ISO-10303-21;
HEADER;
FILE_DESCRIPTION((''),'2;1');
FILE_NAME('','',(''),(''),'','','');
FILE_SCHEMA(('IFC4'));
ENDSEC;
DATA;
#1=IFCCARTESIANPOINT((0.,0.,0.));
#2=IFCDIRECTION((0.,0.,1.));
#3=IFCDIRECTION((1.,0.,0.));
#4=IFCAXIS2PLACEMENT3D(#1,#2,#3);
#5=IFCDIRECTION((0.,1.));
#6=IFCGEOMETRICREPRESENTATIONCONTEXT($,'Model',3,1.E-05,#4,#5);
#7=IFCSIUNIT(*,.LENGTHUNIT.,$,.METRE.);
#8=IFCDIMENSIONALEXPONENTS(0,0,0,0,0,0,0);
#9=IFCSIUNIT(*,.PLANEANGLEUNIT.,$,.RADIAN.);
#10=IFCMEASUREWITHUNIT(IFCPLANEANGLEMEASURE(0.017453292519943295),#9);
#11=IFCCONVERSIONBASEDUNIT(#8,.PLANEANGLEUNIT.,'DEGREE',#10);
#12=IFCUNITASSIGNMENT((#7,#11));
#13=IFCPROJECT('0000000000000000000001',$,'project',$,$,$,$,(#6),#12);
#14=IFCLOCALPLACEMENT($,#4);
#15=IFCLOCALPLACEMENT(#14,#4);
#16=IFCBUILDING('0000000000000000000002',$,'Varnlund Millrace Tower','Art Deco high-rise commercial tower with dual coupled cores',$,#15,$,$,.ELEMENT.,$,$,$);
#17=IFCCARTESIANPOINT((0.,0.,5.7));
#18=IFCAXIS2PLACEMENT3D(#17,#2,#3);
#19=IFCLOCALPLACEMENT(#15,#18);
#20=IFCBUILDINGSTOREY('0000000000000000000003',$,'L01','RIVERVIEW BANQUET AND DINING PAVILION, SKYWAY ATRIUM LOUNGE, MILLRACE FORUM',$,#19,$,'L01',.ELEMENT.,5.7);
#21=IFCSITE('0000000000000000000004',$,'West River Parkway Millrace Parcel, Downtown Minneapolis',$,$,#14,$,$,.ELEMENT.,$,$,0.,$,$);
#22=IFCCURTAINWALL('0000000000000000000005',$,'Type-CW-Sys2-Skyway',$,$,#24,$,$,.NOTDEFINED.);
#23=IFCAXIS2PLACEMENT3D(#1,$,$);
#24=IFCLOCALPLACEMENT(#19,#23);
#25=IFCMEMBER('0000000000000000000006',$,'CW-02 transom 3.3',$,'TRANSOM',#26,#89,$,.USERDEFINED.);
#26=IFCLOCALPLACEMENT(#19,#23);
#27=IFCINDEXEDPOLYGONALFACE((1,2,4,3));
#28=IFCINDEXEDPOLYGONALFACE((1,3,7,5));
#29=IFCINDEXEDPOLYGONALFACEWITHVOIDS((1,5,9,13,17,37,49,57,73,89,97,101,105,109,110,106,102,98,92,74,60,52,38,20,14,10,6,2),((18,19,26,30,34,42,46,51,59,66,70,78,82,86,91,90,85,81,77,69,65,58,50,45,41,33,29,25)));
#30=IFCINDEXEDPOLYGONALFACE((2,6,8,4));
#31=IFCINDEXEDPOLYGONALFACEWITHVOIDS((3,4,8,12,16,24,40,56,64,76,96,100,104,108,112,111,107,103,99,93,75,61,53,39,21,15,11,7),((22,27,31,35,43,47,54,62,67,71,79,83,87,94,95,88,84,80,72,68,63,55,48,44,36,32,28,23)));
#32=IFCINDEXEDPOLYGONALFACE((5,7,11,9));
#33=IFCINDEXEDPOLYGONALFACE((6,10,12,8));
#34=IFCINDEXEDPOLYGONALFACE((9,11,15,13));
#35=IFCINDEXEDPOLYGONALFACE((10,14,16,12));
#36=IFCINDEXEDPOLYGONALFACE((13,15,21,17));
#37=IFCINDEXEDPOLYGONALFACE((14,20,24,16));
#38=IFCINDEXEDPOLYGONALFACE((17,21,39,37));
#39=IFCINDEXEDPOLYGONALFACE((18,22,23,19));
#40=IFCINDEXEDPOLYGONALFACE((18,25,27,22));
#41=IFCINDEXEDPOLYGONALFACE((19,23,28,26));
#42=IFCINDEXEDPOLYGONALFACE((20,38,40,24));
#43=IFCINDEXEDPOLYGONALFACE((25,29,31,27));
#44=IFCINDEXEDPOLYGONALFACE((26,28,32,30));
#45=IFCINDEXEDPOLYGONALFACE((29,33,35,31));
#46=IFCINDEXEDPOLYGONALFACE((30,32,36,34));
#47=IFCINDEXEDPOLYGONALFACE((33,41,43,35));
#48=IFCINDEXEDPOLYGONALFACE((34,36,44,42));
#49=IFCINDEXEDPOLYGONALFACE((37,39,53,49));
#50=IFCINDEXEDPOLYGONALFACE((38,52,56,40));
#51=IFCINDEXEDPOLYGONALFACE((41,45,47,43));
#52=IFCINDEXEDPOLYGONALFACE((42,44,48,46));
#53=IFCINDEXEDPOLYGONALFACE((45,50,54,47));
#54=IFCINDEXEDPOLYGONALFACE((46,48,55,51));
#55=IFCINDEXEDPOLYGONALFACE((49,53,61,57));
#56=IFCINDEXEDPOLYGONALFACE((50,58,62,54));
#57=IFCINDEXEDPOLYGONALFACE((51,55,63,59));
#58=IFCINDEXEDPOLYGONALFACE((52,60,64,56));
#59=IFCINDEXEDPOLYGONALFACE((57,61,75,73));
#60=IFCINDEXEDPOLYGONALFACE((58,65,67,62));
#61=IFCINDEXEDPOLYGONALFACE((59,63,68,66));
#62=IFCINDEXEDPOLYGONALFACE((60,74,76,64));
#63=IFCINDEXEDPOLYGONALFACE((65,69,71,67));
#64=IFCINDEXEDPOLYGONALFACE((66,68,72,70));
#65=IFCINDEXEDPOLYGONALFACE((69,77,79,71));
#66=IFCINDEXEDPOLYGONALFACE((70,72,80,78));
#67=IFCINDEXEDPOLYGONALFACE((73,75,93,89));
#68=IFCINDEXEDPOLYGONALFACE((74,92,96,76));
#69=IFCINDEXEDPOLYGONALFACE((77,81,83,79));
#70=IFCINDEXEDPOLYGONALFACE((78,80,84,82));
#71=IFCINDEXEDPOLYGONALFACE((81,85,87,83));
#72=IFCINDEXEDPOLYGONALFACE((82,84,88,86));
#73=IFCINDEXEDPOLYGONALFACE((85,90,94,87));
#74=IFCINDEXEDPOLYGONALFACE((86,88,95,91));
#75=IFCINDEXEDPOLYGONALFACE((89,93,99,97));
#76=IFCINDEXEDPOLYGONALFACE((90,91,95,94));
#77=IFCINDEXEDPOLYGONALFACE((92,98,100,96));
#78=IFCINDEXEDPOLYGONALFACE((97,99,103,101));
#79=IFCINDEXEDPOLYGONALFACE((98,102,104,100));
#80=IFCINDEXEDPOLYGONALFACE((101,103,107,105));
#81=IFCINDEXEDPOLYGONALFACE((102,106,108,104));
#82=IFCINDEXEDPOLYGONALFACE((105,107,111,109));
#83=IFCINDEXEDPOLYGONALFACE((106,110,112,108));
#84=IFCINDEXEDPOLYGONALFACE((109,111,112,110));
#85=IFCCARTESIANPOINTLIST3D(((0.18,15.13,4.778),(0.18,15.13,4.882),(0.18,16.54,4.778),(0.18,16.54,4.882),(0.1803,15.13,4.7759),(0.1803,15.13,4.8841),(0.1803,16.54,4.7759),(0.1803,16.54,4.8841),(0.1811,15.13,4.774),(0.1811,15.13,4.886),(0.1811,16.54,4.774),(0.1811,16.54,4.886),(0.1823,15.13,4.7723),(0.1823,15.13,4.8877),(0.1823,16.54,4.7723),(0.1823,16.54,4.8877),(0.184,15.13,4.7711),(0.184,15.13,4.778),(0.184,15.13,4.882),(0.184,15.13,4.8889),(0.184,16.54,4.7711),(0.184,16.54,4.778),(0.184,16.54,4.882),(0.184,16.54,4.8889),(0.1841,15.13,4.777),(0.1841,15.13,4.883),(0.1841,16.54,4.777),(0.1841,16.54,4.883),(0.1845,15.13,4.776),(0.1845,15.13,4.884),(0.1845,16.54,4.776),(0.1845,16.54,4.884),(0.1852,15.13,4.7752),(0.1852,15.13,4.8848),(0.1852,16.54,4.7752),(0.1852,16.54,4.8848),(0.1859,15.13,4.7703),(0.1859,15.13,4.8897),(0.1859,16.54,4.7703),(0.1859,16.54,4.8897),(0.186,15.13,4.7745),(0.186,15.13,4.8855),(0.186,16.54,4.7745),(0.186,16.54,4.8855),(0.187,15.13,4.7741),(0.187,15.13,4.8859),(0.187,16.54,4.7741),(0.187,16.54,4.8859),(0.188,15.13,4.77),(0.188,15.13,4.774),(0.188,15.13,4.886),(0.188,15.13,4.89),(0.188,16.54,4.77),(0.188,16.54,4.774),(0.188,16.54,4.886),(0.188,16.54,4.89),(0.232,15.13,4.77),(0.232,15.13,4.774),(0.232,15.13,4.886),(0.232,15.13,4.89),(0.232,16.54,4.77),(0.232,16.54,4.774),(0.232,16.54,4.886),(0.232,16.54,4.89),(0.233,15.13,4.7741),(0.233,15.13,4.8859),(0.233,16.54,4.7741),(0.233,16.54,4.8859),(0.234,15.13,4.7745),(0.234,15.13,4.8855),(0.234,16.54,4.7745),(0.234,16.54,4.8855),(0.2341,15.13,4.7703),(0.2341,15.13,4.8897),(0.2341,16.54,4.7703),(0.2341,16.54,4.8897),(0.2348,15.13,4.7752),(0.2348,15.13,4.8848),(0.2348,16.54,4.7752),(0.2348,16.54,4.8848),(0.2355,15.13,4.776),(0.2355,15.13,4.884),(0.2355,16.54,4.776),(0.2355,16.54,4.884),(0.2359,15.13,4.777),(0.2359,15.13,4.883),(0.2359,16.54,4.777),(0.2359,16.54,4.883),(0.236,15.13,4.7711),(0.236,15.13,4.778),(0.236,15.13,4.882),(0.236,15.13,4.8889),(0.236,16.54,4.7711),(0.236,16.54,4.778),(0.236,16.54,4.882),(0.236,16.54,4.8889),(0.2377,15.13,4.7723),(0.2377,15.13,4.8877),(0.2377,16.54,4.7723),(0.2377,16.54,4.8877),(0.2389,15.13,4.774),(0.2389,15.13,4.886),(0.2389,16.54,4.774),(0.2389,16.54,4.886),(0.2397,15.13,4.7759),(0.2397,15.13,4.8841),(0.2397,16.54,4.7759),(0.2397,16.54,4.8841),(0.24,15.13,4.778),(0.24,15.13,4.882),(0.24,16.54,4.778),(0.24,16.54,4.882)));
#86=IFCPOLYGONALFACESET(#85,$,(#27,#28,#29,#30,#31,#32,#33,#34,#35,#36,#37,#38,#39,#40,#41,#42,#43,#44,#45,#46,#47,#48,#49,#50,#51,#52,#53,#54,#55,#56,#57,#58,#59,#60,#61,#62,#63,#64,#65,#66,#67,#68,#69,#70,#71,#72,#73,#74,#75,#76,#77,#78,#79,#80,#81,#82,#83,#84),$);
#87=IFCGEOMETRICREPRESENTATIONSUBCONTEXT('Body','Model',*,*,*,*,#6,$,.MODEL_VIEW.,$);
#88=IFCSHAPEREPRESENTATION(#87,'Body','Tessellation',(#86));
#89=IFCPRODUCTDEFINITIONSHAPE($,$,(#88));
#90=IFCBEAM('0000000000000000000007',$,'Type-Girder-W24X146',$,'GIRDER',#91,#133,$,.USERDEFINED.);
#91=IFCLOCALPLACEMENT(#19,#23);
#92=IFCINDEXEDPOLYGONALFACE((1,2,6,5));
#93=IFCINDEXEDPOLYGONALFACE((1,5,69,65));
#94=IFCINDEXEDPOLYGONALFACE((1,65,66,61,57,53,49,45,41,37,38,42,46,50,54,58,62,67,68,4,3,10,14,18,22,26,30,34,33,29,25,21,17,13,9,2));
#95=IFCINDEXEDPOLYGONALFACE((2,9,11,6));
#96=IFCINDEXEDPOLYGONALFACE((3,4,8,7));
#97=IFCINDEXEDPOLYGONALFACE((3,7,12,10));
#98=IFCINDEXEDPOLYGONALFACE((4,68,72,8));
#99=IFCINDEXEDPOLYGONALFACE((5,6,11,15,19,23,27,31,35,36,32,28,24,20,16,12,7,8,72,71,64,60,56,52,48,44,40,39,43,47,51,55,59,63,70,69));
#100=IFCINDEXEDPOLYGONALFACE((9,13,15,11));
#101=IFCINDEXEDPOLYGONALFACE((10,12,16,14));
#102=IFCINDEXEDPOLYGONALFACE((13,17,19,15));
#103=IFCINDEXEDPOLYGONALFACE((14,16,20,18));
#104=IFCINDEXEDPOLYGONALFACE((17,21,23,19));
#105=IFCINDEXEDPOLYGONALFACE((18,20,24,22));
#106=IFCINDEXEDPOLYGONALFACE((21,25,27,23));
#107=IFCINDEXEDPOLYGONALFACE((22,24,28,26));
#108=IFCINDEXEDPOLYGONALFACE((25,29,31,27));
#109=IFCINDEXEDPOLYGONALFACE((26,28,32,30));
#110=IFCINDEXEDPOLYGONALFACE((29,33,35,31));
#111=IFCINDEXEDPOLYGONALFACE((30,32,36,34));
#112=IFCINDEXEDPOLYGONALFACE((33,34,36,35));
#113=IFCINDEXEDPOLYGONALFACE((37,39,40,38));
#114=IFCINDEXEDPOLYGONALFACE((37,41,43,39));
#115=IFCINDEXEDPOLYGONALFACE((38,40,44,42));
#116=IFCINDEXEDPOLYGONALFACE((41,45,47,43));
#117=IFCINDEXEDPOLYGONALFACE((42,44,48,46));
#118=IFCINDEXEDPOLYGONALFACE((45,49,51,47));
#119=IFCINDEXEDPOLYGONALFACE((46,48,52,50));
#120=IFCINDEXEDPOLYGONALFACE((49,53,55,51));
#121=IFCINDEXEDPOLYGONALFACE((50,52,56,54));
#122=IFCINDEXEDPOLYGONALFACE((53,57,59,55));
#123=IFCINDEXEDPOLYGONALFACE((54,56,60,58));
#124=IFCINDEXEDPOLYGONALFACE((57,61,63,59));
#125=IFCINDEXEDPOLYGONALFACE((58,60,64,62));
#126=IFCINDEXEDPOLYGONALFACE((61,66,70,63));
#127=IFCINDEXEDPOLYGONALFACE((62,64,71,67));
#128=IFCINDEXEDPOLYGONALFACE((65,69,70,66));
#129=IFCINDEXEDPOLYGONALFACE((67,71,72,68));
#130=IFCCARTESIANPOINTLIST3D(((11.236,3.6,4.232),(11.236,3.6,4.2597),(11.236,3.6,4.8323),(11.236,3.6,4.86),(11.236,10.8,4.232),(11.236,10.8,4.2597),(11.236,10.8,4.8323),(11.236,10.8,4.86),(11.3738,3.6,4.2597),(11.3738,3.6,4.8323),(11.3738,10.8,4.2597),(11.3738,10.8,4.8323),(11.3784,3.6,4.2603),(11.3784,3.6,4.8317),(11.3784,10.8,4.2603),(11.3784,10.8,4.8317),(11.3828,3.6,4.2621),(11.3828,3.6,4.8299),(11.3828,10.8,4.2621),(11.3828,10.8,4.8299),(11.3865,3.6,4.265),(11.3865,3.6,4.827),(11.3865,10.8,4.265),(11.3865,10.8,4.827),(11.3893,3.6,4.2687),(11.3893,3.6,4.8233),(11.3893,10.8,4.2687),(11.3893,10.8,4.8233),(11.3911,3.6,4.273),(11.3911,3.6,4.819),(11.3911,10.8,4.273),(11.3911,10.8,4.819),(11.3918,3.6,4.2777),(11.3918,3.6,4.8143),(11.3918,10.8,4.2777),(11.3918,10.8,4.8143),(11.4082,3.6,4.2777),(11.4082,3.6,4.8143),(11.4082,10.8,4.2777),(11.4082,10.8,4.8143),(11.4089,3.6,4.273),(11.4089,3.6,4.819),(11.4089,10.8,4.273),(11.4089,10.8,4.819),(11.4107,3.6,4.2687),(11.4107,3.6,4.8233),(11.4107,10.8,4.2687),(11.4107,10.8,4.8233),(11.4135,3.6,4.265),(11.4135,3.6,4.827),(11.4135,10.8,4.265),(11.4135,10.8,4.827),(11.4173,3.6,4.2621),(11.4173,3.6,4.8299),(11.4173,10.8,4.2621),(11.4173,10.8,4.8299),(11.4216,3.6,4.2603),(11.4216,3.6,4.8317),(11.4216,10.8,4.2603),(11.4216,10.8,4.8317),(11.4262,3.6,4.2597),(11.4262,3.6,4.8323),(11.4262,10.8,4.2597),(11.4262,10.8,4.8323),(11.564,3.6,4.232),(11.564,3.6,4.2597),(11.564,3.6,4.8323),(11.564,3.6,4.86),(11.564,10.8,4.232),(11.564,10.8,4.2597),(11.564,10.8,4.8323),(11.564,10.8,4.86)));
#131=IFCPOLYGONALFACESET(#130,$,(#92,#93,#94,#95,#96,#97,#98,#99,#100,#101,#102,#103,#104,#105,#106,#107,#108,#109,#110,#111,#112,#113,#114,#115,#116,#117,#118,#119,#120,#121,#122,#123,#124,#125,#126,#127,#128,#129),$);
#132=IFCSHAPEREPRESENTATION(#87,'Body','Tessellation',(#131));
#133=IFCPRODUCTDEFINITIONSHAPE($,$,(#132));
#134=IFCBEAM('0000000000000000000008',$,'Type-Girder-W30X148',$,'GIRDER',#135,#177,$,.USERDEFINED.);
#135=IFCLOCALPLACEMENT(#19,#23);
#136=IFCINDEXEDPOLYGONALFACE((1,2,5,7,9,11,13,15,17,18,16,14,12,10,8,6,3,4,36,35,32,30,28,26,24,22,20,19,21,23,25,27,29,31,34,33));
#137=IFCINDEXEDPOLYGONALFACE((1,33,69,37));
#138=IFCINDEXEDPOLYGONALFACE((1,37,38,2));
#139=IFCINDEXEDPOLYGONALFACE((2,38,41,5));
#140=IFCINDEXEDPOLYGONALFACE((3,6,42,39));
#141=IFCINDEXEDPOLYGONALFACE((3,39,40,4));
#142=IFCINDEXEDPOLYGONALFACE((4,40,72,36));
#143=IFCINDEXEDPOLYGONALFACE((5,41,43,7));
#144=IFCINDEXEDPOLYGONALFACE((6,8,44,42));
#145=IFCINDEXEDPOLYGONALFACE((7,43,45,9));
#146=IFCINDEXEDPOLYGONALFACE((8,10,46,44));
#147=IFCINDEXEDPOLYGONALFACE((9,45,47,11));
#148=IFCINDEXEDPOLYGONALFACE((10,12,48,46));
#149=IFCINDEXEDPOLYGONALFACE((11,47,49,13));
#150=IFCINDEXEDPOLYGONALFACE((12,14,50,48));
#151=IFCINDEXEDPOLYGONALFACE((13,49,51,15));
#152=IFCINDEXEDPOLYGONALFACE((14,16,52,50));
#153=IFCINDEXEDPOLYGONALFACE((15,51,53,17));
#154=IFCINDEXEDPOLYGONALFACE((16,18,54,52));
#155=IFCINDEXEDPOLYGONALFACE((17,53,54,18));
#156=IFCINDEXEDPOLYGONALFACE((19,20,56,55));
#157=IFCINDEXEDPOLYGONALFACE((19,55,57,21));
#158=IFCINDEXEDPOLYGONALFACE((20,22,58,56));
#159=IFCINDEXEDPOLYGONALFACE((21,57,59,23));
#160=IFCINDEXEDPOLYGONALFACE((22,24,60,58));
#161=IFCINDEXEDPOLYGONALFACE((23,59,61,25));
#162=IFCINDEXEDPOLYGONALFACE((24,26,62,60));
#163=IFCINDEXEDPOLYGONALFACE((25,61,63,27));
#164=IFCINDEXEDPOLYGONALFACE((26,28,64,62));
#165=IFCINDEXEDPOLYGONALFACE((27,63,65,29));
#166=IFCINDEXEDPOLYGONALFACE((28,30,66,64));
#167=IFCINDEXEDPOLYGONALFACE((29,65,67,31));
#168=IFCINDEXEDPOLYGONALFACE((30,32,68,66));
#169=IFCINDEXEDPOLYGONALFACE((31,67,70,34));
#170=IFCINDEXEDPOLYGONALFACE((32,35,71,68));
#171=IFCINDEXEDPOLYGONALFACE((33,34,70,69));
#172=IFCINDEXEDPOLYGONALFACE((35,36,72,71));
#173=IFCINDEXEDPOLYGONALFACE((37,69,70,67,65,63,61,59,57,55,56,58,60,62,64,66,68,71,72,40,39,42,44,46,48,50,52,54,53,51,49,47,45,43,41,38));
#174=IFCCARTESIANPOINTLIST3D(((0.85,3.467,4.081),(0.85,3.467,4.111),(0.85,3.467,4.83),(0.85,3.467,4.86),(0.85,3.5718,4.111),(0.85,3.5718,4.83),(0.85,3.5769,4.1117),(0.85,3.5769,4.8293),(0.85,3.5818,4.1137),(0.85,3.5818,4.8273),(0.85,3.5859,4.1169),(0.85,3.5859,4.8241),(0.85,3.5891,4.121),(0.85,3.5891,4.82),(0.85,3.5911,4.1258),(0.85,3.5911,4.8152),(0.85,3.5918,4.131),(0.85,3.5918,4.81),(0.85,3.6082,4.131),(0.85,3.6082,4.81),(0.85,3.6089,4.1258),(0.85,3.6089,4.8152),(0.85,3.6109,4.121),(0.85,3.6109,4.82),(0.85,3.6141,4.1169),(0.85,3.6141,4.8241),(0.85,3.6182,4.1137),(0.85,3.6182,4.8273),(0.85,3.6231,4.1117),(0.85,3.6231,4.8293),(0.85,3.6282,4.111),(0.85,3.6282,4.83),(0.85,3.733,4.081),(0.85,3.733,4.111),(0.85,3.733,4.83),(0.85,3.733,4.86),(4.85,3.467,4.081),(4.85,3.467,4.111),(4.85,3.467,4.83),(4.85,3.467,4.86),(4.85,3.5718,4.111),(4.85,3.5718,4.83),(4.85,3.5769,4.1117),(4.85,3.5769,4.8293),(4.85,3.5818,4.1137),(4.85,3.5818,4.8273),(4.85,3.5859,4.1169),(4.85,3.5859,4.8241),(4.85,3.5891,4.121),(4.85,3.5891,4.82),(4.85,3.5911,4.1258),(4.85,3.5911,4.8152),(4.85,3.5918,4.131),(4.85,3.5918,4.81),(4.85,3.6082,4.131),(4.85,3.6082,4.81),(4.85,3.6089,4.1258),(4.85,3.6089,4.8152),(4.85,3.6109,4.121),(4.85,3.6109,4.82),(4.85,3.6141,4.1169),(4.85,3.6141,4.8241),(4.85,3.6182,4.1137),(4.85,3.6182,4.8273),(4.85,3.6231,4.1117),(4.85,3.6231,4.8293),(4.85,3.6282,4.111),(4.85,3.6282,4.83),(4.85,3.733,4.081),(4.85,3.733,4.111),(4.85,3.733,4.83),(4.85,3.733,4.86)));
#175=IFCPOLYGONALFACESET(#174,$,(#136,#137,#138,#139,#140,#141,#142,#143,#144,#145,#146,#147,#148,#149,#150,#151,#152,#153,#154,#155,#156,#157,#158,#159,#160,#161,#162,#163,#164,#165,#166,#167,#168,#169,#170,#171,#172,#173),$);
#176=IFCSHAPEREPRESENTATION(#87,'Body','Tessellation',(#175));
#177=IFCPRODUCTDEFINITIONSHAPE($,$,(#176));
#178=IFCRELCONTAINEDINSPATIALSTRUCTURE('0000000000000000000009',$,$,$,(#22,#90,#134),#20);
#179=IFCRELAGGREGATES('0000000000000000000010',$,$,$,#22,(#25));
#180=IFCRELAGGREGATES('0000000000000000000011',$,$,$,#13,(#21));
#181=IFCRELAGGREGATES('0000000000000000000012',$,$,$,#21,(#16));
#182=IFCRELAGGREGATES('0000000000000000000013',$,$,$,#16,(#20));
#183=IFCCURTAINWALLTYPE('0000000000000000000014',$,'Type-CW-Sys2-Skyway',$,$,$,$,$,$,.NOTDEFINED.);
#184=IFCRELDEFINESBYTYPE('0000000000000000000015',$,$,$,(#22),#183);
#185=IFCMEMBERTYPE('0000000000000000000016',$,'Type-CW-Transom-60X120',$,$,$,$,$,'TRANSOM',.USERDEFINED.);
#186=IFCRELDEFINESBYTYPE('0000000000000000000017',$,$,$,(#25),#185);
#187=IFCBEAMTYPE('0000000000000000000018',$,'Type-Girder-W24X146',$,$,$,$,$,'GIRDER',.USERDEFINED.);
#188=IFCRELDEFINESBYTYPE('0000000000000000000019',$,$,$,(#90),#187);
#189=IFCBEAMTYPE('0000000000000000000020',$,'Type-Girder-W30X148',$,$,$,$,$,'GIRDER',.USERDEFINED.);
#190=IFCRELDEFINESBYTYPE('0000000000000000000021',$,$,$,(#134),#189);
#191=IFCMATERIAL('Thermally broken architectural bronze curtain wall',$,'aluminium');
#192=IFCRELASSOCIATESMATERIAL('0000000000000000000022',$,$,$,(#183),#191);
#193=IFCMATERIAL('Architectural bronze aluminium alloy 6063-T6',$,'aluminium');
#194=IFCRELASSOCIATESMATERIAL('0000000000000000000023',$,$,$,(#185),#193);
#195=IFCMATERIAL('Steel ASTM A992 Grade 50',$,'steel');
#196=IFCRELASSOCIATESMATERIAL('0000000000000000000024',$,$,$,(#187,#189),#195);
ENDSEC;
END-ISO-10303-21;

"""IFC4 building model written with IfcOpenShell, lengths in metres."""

from ifc_helpers import new_model, entity, si_unit, converted_unit, direction, frame, origin_with_axes, origin_2d_with_axis, place, context, subcontext, project, spatial, hollow_rectangle, i_section, extrude, material, material_profile, profile_set, type_object, element, aggregate, save


model = new_model("IFC4")

# Units and contexts
model_context = context("Model", 3, precision=1e-05, world=origin_with_axes(), true_north=direction((0.0, 1.0)))
body_context = subcontext(model_context, "Body", "Model", "MODEL_VIEW")
ifc_project = project(units=[si_unit("LENGTHUNIT", "METRE"), converted_unit("PLANEANGLEUNIT", "DEGREE", entity("IfcPlaneAngleMeasure", 0.017453292519943295), si_unit("PLANEANGLEUNIT", "RADIAN"), dimensions=[0, 0, 0, 0, 0, 0, 0])], contexts=[model_context])

# Site, building, storey
site_placement = place(None, origin_with_axes())
site = spatial("IfcSite", under=ifc_project, at=site_placement, Name="West River Parkway Millrace Parcel, Downtown Minneapolis", CompositionType="ELEMENT", RefElevation=0.0)
building_placement = place(site_placement, origin_with_axes())
building = spatial("IfcBuilding", under=site, at=building_placement, Name="Varnlund Millrace Tower", Description="Art Deco high-rise commercial tower with dual coupled cores", CompositionType="ELEMENT")
storey_placement = place(building_placement, frame((0.0, 0.0, 5.7), z_axis=(0.0, 0.0, 1.0), x_axis=(1.0, 0.0, 0.0)))
storey = spatial("IfcBuildingStorey", under=building, at=storey_placement, Name="L01", Description="RIVERVIEW BANQUET AND DINING PAVILION, SKYWAY ATRIUM LOUNGE, MILLRACE FORUM", LongName="L01", CompositionType="ELEMENT", Elevation=5.7)

# Curtain wall, member
ifc_material_1 = material(Name="Thermally broken architectural bronze curtain wall", Category="aluminium")
curtain_wall_type = type_object("IfcCurtainWallType", Name="Type-CW-Sys2-Skyway", PredefinedType="NOTDEFINED", material=ifc_material_1)
curtain_wall_placement = place(storey_placement, frame((0.21, 12.1, 0.0), z_axis=(0.0, 0.0, 1.0), x_axis=(1.0, 0.0, 0.0)))
curtain_wall = element("IfcCurtainWall", 1, at=curtain_wall_placement, inside=storey, type_object=curtain_wall_type, Name="Type-CW-Sys2-Skyway", PredefinedType="NOTDEFINED")
ifc_material_2 = material(Name="Architectural bronze aluminium alloy 6063-T6", Category="aluminium")
ifc_material_profile_1 = material_profile(ifc_material_2, hollow_rectangle(XDim=0.06, YDim=0.12, WallThickness=0.004, InnerFilletRadius=0.004, OuterFilletRadius=0.008, at=origin_2d_with_axis()), Name="Architectural bronze aluminium alloy 6063-T6")
ifc_profile_set_1 = profile_set([ifc_material_profile_1], Name="Architectural bronze aluminium alloy 6063-T6")
member_type = type_object("IfcMemberType", Name="Type-CW-Transom-60X120", ElementType="TRANSOM", PredefinedType="USERDEFINED", material=ifc_profile_set_1)
member_1_placement = place(storey_placement, frame((0.21, 15.13, 4.83), z_axis=(0.0, 1.0, 0.0), x_axis=(-1.0, 0.0, 0.0)))
member_1 = element("IfcMember", 2, at=member_1_placement, type_object=member_type, Name="CW-02 transom 3.3", ObjectType="TRANSOM", PredefinedType="USERDEFINED", context=body_context, shape_type="SweptSolid", body=[
    extrude(hollow_rectangle(XDim=0.06, YDim=0.12, WallThickness=0.004, InnerFilletRadius=0.004, OuterFilletRadius=0.008, at=origin_2d_with_axis()), origin_with_axes(), (0.0, 0.0, 1.0), 1.41),
])
aggregate(curtain_wall, [member_1])

# Beams
ifc_material_3 = material(Name="Steel ASTM A992 Grade 50", Category="steel")
ifc_material_profile_2 = material_profile(ifc_material_3, i_section(OverallWidth=0.328, OverallDepth=0.628, WebThickness=0.0165, FlangeThickness=0.0277, FilletRadius=0.018, at=origin_2d_with_axis()), Name="Steel ASTM A992 Grade 50")
ifc_profile_set_2 = profile_set([ifc_material_profile_2], Name="Steel ASTM A992 Grade 50")
beam_type_1 = type_object("IfcBeamType", Name="Type-Girder-W24X146", ElementType="GIRDER", PredefinedType="USERDEFINED", material=ifc_profile_set_2)
beam_1_placement = place(storey_placement, frame((11.4, 3.6, 4.546), z_axis=(0.0, 1.0, 0.0), x_axis=(-1.0, 0.0, 0.0)))
element("IfcBeam", 3, at=beam_1_placement, inside=storey, type_object=beam_type_1, Name="Type-Girder-W24X146", ObjectType="GIRDER", PredefinedType="USERDEFINED", context=body_context, shape_type="SweptSolid", body=[
    extrude(i_section(OverallWidth=0.328, OverallDepth=0.628, WebThickness=0.0165, FlangeThickness=0.0277, FilletRadius=0.018, at=origin_2d_with_axis()), origin_with_axes(), (0.0, 0.0, 1.0), 7.2),
])
ifc_material_profile_3 = material_profile(ifc_material_3, i_section(OverallWidth=0.266, OverallDepth=0.779, WebThickness=0.0165, FlangeThickness=0.03, FilletRadius=0.02, at=origin_2d_with_axis()), Name="Steel ASTM A992 Grade 50")
ifc_profile_set_3 = profile_set([ifc_material_profile_3], Name="Steel ASTM A992 Grade 50")
beam_type_2 = type_object("IfcBeamType", Name="Type-Girder-W30X148", ElementType="GIRDER", PredefinedType="USERDEFINED", material=ifc_profile_set_3)
beam_2_placement = place(storey_placement, frame((0.85, 3.6, 4.4705), z_axis=(1.0, 0.0, 0.0), x_axis=(0.0, 1.0, 0.0)))
element("IfcBeam", 4, at=beam_2_placement, inside=storey, type_object=beam_type_2, Name="Type-Girder-W30X148", ObjectType="GIRDER", PredefinedType="USERDEFINED", context=body_context, shape_type="SweptSolid", body=[
    extrude(i_section(OverallWidth=0.266, OverallDepth=0.779, WebThickness=0.0165, FlangeThickness=0.03, FilletRadius=0.02, at=origin_2d_with_axis()), origin_with_axes(), (0.0, 0.0, 1.0), 4.0),
])

save(model, "model.ifc")
